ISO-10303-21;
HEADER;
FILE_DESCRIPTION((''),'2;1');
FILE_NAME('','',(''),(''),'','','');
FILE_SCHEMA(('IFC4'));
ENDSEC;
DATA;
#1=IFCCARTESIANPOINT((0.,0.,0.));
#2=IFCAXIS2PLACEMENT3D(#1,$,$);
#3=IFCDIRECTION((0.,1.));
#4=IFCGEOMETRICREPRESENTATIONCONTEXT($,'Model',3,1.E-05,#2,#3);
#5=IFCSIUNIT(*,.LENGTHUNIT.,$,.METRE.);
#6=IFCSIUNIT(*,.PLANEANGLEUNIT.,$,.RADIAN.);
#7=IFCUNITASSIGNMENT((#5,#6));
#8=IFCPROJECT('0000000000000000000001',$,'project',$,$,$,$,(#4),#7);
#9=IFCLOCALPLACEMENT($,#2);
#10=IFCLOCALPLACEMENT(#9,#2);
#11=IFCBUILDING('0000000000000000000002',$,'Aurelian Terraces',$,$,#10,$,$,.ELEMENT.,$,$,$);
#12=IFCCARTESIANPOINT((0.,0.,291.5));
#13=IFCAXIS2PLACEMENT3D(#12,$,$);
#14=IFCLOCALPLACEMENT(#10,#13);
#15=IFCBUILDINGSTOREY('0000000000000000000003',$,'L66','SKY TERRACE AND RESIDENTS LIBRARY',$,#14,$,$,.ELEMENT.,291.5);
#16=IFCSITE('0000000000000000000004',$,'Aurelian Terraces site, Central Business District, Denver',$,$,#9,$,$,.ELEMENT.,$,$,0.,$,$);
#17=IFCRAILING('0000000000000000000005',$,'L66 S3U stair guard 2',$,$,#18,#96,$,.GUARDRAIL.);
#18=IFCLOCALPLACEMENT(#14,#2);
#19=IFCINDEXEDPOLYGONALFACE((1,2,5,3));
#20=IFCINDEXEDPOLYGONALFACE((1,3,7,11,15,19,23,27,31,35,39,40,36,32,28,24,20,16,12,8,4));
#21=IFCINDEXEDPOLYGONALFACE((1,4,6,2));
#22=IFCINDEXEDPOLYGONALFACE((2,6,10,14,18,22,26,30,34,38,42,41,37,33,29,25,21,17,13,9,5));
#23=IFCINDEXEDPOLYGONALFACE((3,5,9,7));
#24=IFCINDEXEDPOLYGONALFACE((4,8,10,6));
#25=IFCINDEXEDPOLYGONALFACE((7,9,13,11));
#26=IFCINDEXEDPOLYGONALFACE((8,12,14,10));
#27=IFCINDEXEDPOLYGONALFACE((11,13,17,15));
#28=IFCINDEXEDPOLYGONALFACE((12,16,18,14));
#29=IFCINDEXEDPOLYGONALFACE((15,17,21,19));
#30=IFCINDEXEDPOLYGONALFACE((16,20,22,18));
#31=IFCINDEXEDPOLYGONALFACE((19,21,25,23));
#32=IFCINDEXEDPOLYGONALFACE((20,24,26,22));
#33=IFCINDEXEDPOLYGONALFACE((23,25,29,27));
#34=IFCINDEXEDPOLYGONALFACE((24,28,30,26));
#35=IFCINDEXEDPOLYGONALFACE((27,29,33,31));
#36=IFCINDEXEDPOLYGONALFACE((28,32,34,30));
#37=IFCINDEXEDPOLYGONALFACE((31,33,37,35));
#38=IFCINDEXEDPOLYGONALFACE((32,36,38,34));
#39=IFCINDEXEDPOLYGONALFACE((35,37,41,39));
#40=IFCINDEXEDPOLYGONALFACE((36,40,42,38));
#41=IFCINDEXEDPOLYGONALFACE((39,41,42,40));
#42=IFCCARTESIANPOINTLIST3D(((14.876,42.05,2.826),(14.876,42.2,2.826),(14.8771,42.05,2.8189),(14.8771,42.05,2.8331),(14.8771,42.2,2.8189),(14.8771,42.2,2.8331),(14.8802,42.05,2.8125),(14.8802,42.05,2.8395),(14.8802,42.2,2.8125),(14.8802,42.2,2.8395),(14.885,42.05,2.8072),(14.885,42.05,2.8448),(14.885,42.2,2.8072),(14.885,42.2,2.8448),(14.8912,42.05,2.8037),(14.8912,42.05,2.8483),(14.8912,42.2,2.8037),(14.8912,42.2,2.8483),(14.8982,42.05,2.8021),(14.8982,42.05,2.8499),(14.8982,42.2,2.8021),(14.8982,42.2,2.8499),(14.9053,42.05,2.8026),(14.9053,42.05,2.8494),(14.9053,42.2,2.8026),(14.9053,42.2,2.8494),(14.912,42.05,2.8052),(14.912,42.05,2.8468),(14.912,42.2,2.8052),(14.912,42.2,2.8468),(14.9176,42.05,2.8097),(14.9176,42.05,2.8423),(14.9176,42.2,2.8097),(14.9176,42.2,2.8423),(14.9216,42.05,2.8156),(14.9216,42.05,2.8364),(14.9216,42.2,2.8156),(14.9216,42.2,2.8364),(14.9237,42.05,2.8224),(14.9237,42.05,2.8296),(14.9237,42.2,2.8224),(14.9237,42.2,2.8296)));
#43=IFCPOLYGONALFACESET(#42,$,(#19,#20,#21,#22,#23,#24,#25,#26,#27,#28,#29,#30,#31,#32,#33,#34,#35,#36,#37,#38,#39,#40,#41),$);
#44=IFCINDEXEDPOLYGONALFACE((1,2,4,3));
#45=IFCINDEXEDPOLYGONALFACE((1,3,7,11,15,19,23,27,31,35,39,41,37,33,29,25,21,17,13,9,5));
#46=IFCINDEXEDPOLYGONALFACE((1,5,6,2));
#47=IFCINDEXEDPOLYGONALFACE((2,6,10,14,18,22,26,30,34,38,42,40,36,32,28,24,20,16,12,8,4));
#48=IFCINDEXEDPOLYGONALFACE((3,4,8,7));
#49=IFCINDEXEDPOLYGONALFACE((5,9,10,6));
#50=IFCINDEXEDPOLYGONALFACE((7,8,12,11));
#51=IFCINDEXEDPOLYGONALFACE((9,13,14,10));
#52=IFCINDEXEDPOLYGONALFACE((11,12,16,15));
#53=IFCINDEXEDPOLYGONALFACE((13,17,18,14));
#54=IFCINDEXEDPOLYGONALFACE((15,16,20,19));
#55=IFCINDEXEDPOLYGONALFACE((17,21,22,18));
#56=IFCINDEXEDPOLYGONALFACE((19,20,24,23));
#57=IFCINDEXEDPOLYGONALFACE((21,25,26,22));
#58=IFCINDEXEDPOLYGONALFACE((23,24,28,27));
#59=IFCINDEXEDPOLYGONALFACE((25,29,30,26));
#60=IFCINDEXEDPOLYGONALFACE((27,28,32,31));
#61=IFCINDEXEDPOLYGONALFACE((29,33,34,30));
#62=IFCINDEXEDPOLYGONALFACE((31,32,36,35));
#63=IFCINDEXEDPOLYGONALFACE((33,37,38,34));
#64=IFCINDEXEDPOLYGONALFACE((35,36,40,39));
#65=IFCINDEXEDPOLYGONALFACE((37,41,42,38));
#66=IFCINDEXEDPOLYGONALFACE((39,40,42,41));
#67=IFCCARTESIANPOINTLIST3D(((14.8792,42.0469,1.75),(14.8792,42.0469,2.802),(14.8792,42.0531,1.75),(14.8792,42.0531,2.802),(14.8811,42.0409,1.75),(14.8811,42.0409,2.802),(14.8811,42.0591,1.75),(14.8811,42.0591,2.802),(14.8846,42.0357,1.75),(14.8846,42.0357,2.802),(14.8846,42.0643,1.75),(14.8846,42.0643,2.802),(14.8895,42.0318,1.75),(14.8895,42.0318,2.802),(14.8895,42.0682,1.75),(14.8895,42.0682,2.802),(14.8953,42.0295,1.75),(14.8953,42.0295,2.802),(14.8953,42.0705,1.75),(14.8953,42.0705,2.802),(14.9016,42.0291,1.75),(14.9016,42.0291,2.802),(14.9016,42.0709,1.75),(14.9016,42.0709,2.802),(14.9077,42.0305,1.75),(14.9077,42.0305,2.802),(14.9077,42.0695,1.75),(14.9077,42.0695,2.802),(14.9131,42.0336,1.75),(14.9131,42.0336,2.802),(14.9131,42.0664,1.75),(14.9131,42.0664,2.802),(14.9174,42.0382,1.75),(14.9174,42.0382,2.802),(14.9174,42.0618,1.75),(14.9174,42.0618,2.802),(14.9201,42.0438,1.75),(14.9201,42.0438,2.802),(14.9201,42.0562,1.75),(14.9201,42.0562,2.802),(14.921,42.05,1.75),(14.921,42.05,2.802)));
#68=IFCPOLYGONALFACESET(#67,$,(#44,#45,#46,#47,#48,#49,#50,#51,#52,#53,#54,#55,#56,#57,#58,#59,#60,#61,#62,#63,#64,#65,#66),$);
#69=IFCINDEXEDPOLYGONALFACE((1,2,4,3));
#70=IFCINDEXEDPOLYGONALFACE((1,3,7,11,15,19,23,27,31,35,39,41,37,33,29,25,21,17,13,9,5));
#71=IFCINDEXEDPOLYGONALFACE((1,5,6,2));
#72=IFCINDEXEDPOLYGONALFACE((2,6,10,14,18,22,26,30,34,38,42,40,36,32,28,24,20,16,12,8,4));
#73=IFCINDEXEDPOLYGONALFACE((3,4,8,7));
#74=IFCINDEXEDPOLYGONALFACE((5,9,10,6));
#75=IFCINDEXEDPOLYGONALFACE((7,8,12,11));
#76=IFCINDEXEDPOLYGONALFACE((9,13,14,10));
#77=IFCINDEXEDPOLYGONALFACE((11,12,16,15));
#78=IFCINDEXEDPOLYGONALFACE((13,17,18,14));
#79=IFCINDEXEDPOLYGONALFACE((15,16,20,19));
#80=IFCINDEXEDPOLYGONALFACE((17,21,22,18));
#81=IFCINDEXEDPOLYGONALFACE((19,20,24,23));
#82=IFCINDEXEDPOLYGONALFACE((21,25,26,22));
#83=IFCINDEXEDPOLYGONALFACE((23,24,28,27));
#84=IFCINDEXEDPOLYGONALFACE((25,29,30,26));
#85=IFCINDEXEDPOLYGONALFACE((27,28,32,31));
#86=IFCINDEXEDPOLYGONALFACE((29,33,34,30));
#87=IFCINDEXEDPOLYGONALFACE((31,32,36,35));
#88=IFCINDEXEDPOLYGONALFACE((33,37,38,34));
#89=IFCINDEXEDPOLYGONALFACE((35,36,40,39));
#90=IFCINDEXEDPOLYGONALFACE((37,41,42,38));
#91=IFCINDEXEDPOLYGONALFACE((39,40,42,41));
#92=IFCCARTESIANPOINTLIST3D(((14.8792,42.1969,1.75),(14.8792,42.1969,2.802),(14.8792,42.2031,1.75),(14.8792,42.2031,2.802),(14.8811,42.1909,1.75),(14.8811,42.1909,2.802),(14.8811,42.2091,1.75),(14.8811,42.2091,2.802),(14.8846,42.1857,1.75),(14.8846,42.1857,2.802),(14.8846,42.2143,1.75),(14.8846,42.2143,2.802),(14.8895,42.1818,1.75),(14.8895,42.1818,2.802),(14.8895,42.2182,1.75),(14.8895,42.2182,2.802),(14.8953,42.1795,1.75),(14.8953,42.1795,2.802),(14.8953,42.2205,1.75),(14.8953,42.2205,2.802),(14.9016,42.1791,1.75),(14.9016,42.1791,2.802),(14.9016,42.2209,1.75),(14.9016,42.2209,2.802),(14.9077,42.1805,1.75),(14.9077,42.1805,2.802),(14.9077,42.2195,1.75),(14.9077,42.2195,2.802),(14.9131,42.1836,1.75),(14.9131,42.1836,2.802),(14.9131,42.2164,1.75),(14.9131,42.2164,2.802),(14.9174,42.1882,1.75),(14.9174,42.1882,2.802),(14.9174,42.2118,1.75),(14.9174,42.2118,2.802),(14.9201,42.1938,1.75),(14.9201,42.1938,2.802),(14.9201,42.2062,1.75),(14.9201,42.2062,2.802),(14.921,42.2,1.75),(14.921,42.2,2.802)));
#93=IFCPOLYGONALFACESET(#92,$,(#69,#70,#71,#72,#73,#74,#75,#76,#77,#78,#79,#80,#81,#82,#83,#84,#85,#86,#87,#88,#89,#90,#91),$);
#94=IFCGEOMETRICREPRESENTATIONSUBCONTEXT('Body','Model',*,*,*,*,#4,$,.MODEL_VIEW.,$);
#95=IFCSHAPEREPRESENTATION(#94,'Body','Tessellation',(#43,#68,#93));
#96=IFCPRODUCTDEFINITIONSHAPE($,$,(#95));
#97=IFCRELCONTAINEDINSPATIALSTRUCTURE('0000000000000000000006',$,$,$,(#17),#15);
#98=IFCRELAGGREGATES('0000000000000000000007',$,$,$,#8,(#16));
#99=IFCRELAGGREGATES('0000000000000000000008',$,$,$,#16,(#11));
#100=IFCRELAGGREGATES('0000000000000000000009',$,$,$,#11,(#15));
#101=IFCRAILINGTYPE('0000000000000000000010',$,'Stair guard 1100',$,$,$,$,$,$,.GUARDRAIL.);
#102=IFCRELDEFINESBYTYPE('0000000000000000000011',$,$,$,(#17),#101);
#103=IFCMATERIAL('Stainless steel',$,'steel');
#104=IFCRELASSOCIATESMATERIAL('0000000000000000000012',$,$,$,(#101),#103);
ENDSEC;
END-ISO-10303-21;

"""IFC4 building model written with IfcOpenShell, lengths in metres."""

from ifc_helpers import new_model, si_unit, direction, frame, origin, origin_2d, place, context, subcontext, project, spatial, circle, extrude, source, transform, mapped, material, type_object, element, save


model = new_model("IFC4")

# Units and contexts
model_context = context("Model", 3, precision=1e-05, world=origin(), true_north=direction((0.0, 1.0)))
body_context = subcontext(model_context, "Body", "Model", "MODEL_VIEW")
ifc_project = project(units=[si_unit("LENGTHUNIT", "METRE"), si_unit("PLANEANGLEUNIT", "RADIAN")], contexts=[model_context])

# Site, building, storey
site_placement = place(None, origin())
site = spatial("IfcSite", under=ifc_project, at=site_placement, Name="Aurelian Terraces site, Central Business District, Denver", CompositionType="ELEMENT", RefElevation=0.0)
building_placement = place(site_placement, origin())
building = spatial("IfcBuilding", under=site, at=building_placement, Name="Aurelian Terraces", CompositionType="ELEMENT")
storey_placement = place(building_placement, frame((0.0, 0.0, 291.5)))
storey = spatial("IfcBuildingStorey", under=building, at=storey_placement, Name="L66", Description="SKY TERRACE AND RESIDENTS LIBRARY", CompositionType="ELEMENT", Elevation=291.5)

# Railing
ifc_material_1 = material(Name="Stainless steel", Category="steel")
railing_type_1 = type_object("IfcRailingType", Name="Stair guard 1100", PredefinedType="GUARDRAIL", material=ifc_material_1)
shared_shape_1 = source(origin(), body_context, "Body", "SweptSolid", [
    extrude(circle(Radius=0.024, at=origin_2d()), frame((0.0, 0.0, 1.076), z_axis=(0.0, 1.0, 0.0), x_axis=(-1.0, 0.0, 0.0)), (0.0, 0.0, 1.0), 0.15),
    extrude(circle(Radius=0.021, at=origin_2d()), origin(), (0.0, 0.0, 1.0), 1.052),
    extrude(circle(Radius=0.021, at=origin_2d()), frame((0.0, 0.15, 0.0)), (0.0, 0.0, 1.0), 1.052),
])
railing_1_placement = place(storey_placement, frame((14.9, 42.05, 1.75)))
element("IfcRailing", 1, at=railing_1_placement, inside=storey, type_object=railing_type_1, Name="L66 S3U stair guard 2", PredefinedType="GUARDRAIL", context=body_context, shape_type="MappedRepresentation", body=[
    mapped(shared_shape_1, transform((0.0, 0.0, 0.0), scale=1.0)),
])

save(model, "model.ifc")
